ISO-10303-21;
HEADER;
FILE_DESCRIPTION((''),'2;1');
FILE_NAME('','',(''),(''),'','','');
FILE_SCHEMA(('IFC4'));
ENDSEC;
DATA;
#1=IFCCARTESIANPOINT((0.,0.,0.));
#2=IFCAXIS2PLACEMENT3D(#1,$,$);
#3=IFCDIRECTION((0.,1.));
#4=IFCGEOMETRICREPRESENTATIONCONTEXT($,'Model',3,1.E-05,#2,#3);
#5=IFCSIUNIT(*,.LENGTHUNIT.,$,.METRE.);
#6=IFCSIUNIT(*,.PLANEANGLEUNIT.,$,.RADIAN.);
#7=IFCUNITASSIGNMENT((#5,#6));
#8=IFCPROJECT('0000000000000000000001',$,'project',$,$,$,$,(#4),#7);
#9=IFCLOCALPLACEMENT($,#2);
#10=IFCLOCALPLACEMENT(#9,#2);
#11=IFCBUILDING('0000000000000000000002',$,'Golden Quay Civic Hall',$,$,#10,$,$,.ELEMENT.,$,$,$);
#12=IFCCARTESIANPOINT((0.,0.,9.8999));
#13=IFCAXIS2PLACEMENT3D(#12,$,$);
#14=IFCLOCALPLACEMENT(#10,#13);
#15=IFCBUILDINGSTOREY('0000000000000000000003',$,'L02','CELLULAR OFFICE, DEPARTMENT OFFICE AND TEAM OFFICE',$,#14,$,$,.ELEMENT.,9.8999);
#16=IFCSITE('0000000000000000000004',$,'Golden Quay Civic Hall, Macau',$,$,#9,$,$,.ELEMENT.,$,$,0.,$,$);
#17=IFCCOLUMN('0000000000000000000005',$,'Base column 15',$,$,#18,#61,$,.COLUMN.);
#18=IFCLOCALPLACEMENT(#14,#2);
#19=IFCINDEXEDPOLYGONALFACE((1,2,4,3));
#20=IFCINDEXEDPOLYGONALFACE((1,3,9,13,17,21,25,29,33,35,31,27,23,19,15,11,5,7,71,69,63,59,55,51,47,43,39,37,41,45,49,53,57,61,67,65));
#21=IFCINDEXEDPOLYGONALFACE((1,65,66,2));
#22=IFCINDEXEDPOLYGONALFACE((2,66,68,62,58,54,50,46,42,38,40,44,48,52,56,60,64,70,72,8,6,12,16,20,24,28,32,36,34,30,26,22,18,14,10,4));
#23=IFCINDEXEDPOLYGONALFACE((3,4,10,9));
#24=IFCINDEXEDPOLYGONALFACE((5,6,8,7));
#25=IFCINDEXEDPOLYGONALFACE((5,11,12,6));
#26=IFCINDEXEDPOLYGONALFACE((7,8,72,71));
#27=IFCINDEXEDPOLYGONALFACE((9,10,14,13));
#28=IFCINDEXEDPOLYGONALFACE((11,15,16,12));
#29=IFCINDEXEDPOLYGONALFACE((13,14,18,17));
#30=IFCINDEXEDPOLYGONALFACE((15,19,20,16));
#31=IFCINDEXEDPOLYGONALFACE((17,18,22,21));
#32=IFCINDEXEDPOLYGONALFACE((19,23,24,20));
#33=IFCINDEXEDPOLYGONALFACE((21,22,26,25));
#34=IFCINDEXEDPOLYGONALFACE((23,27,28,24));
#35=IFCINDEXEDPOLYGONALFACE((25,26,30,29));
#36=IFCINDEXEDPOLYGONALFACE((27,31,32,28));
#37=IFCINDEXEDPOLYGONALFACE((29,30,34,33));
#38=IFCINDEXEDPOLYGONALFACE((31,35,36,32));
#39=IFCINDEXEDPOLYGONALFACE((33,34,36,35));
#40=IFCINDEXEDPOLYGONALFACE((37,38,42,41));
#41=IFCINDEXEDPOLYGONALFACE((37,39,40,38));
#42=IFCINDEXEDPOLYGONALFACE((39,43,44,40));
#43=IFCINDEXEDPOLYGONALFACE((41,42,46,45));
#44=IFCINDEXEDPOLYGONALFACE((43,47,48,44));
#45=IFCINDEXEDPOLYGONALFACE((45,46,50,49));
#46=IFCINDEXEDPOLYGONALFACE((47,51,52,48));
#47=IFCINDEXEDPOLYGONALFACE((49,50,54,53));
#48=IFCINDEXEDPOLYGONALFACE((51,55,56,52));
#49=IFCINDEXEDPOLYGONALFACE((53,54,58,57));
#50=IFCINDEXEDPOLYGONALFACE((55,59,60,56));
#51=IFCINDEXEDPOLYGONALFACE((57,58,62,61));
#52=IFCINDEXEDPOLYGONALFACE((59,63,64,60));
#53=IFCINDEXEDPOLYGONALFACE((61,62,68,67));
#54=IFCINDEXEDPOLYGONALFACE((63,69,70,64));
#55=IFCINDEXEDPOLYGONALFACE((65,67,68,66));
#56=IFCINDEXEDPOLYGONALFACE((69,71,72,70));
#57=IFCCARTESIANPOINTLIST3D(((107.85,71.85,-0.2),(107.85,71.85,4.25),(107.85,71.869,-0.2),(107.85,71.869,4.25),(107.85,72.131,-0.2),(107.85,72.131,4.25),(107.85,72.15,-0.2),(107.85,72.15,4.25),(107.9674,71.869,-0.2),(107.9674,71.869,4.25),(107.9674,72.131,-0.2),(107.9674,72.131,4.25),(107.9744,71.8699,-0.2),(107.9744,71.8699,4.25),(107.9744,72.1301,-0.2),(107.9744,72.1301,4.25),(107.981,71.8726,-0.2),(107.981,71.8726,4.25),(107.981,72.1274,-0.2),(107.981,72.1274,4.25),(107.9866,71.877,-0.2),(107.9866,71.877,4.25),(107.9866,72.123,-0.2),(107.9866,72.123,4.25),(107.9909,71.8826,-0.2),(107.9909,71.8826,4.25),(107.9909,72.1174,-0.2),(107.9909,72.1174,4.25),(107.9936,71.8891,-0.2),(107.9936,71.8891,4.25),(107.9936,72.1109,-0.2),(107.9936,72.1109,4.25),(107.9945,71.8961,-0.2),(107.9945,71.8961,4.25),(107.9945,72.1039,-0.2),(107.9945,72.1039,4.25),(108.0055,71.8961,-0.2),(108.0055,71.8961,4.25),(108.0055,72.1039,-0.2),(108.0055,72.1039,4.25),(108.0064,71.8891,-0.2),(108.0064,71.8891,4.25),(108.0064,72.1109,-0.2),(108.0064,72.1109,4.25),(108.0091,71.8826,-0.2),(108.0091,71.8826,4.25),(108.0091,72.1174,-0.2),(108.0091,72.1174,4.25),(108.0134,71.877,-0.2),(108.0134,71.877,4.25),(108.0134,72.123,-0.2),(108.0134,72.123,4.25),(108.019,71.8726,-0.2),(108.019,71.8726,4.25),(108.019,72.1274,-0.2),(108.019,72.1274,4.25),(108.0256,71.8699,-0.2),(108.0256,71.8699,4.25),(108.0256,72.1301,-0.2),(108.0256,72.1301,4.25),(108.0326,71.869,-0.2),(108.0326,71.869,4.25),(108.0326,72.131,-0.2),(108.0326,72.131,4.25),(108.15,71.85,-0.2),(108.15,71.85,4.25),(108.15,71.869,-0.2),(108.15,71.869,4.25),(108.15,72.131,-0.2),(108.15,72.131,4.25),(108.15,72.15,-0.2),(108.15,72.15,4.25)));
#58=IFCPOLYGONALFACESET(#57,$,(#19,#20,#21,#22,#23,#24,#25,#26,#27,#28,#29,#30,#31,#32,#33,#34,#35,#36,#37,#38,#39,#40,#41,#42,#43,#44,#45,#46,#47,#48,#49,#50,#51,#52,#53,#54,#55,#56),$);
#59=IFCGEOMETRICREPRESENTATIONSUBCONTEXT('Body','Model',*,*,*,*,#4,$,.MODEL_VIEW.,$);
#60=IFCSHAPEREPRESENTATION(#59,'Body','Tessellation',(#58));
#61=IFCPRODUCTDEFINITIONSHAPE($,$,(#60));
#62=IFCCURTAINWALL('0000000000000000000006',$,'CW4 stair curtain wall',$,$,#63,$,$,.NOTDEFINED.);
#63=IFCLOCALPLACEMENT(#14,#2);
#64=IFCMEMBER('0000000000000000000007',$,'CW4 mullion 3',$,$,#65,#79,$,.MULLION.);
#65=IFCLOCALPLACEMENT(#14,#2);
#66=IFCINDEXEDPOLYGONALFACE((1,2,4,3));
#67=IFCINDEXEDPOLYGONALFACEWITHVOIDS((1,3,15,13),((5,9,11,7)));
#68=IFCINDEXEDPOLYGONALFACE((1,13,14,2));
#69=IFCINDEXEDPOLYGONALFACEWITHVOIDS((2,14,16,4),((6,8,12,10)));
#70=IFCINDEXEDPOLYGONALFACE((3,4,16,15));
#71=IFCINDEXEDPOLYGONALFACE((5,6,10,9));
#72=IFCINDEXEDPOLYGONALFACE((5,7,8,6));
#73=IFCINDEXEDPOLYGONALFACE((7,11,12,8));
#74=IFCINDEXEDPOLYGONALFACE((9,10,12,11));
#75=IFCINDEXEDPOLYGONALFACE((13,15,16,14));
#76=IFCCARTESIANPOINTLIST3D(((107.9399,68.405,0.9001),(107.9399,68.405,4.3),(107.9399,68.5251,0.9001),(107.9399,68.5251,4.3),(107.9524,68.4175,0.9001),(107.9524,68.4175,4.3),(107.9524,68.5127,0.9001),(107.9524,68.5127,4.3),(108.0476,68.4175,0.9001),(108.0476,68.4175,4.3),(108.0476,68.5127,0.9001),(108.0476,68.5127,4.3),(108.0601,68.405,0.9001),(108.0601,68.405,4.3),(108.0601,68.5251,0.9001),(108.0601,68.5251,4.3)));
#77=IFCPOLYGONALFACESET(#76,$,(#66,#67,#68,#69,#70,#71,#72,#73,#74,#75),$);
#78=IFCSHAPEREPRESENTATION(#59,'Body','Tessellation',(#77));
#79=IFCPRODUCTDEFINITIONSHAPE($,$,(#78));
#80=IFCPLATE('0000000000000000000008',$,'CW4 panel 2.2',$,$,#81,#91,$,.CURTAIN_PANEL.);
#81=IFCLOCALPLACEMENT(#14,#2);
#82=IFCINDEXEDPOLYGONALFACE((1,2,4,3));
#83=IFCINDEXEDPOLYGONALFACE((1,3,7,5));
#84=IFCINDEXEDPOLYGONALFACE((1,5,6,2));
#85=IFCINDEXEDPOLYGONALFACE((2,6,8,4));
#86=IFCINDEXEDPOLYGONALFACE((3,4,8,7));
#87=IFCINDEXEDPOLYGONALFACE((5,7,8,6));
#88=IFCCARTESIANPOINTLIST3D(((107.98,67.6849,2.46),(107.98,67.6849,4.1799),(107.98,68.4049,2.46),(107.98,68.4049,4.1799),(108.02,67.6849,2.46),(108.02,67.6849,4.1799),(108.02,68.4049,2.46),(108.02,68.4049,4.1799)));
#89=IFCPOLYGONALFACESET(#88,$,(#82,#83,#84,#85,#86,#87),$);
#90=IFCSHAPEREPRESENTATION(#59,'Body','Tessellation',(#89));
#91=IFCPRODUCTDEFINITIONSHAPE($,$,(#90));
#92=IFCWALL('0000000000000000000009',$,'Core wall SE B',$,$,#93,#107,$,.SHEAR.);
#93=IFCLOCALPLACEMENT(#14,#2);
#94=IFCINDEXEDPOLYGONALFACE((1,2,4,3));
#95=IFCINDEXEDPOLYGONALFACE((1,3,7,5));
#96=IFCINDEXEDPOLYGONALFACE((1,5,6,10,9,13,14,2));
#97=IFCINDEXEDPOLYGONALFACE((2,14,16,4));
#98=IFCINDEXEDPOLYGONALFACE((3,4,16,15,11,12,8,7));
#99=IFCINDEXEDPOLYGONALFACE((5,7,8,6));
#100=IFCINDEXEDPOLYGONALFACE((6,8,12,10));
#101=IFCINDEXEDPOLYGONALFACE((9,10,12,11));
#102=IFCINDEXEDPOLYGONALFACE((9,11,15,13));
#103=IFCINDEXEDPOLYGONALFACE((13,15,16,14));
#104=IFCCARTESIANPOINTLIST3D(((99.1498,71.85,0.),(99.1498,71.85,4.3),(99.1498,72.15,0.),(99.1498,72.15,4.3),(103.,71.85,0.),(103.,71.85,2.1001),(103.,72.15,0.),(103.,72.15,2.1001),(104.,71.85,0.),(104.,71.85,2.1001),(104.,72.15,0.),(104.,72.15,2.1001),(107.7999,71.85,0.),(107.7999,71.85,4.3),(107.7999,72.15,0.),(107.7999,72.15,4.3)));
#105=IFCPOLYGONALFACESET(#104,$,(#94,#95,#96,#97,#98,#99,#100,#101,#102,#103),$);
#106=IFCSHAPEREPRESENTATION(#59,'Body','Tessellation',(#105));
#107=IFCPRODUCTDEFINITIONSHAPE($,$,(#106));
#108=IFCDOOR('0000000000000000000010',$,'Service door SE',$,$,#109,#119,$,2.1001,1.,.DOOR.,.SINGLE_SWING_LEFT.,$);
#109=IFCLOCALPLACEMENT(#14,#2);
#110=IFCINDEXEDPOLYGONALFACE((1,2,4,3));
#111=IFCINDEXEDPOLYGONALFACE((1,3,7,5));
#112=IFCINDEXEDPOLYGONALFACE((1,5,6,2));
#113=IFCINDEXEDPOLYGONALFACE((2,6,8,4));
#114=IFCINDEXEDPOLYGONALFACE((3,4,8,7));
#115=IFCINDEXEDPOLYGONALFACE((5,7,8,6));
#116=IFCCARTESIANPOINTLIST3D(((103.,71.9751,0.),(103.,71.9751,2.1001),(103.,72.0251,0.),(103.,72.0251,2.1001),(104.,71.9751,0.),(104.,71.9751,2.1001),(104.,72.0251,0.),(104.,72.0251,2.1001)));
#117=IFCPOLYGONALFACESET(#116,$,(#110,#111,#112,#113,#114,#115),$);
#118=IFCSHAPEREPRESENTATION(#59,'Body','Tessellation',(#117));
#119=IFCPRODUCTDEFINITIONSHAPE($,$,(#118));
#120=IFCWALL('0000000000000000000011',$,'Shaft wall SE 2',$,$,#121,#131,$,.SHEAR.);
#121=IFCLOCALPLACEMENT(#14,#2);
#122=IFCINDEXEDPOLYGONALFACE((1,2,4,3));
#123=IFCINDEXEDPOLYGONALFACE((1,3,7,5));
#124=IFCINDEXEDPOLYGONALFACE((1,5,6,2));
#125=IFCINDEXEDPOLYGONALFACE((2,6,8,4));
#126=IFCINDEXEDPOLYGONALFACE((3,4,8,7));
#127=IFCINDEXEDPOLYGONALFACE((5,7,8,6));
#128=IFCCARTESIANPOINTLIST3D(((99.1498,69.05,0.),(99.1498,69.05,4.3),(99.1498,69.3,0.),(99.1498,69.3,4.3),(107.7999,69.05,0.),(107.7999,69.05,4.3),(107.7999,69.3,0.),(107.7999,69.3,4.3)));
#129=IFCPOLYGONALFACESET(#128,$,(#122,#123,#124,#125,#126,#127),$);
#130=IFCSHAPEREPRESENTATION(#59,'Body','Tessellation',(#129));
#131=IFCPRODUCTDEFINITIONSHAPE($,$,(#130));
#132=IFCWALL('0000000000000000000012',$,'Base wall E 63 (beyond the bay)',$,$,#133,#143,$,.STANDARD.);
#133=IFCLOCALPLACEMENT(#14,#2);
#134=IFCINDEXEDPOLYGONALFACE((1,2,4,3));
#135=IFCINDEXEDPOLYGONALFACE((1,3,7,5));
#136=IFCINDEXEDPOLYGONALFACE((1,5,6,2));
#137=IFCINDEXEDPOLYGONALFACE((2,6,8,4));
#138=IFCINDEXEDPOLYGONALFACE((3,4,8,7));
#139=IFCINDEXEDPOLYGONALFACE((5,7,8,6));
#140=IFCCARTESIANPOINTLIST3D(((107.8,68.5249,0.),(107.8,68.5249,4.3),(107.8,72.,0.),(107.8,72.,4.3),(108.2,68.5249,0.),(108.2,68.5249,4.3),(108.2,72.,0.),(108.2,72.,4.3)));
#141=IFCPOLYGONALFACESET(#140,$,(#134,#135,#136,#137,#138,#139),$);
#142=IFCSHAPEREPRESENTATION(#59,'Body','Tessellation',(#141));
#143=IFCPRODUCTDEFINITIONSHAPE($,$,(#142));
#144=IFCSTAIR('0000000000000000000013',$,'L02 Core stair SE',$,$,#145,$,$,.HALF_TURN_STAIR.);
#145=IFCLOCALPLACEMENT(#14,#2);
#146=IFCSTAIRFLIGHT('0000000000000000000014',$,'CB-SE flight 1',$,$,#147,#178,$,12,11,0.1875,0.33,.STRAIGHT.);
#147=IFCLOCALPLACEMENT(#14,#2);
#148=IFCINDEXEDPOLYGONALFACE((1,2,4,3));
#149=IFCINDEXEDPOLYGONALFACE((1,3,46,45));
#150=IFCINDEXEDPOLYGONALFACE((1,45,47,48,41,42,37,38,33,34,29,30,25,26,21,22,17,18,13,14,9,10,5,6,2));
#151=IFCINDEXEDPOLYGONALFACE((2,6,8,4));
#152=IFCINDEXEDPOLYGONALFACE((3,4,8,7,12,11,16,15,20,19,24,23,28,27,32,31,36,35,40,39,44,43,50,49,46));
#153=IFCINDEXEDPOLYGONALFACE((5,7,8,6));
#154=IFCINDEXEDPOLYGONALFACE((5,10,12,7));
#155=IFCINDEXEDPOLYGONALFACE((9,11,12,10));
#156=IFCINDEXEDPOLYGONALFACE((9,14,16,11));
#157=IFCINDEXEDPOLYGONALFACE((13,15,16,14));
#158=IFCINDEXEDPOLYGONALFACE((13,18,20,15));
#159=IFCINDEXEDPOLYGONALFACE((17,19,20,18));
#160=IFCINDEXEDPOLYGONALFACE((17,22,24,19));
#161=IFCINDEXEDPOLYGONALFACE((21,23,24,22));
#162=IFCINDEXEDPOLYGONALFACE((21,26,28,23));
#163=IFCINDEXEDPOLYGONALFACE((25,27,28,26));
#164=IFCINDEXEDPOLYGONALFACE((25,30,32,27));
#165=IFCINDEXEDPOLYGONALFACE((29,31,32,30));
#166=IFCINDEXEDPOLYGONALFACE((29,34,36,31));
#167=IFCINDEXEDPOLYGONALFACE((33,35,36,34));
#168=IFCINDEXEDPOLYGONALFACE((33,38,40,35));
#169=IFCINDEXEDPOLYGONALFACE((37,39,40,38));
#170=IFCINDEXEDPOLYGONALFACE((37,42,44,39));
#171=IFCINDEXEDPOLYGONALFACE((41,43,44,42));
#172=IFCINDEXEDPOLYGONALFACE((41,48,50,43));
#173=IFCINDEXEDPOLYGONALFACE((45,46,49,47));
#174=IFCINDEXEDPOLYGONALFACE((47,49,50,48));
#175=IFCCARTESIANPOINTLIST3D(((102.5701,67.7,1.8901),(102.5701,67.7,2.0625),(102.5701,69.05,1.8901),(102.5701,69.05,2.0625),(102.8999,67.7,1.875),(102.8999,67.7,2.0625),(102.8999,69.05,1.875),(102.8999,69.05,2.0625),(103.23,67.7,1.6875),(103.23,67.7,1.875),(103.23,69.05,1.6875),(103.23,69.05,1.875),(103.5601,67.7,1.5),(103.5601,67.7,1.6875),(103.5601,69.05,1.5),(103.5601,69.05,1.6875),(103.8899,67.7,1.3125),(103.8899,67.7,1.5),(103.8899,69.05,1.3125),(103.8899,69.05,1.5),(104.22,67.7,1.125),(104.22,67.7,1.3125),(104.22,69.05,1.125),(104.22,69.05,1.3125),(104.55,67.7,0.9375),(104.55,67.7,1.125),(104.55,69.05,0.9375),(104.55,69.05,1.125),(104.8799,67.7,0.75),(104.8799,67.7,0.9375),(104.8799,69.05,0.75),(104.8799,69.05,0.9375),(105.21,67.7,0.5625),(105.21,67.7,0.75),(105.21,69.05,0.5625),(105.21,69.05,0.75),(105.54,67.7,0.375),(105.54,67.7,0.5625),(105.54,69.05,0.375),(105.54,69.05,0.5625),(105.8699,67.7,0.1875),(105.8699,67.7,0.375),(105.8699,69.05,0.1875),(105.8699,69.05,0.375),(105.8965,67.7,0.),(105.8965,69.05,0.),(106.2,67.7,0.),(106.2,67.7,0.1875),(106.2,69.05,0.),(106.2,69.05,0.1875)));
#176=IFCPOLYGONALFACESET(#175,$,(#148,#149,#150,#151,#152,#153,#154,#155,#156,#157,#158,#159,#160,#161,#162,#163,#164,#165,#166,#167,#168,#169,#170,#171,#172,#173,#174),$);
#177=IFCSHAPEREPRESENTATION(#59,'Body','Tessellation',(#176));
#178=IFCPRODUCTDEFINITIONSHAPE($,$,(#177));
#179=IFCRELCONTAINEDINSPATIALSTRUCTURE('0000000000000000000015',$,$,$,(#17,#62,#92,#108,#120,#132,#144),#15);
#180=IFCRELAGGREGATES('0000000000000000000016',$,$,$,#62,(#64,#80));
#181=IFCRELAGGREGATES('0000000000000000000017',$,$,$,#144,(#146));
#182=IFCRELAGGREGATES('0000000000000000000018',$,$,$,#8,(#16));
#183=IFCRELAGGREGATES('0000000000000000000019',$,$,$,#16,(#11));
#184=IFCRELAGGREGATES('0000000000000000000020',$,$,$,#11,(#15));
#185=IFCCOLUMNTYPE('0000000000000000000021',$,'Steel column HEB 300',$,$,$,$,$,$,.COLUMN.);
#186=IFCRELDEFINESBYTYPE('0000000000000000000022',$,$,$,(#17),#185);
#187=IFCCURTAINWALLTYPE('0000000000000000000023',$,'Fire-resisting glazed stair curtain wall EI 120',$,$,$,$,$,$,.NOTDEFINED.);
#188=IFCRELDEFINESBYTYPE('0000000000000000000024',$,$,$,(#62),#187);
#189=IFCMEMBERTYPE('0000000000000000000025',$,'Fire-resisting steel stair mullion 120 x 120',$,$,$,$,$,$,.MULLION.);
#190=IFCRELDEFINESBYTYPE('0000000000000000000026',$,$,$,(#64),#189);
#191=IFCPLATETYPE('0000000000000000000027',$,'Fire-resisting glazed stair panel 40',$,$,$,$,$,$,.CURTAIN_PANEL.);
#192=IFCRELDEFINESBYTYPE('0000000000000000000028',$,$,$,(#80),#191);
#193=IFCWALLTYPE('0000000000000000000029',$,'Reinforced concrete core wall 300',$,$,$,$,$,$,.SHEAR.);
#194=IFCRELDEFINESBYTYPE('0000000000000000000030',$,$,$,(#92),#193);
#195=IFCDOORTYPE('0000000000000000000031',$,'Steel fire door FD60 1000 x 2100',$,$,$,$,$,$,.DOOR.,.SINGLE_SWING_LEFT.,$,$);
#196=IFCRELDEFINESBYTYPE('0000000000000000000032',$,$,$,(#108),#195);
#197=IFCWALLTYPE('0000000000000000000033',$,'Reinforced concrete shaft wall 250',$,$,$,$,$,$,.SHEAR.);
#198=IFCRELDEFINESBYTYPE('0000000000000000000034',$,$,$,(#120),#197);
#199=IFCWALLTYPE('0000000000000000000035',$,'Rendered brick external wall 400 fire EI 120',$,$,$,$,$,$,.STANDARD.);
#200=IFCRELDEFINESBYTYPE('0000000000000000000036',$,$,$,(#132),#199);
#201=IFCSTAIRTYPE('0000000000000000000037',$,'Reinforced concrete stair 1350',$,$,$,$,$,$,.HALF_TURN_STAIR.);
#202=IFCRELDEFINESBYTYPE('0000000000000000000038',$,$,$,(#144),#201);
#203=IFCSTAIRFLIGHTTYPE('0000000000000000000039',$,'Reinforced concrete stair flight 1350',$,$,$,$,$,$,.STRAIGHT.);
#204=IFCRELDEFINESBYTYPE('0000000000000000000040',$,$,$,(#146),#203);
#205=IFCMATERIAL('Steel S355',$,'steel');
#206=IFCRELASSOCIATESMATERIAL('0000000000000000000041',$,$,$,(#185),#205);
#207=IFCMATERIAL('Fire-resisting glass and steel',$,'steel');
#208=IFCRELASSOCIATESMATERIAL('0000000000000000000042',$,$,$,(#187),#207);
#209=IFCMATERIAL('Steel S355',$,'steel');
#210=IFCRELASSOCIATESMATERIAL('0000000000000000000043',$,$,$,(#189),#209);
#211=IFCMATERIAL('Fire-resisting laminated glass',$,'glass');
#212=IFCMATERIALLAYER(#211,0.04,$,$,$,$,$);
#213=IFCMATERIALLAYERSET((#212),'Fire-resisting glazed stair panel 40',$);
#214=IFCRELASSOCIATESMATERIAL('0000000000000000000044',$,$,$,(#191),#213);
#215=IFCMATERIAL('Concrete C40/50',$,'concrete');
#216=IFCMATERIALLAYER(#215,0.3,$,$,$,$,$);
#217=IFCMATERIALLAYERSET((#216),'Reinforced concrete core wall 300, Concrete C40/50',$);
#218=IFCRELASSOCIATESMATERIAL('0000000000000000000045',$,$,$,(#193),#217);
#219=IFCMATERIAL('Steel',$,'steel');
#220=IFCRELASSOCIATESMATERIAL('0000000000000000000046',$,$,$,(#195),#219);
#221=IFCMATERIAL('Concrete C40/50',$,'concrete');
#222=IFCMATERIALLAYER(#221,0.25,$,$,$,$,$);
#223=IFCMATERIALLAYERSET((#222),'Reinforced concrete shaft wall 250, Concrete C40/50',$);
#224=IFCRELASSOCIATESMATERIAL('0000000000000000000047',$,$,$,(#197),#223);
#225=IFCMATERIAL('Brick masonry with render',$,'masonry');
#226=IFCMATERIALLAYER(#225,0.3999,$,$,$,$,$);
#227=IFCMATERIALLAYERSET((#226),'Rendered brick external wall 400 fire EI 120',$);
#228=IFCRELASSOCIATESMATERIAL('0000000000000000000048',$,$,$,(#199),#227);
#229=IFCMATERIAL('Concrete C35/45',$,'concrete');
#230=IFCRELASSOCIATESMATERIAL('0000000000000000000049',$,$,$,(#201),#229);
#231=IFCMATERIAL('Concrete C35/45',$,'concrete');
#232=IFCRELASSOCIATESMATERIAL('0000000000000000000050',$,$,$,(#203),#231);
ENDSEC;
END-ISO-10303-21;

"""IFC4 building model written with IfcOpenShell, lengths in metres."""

from ifc_helpers import new_model, si_unit, direction, frame, frame_2d, origin, origin_2d, place, context, subcontext, project, spatial, polyline, rectangle, hollow_rectangle, i_section, outline, extrude, material, layer, layer_set, material_profile, profile_set, type_object, element, fill, aggregate, save


model = new_model("IFC4")

# Units and contexts
model_context = context("Model", 3, precision=1e-05, world=origin(), true_north=direction((0.0, 1.0)))
body_context = subcontext(model_context, "Body", "Model", "MODEL_VIEW")
ifc_project = project(units=[si_unit("LENGTHUNIT", "METRE"), si_unit("PLANEANGLEUNIT", "RADIAN")], contexts=[model_context])

# Site, building, storey
site_placement = place(None, origin())
site = spatial("IfcSite", under=ifc_project, at=site_placement, Name="Golden Quay Civic Hall, Macau", CompositionType="ELEMENT", RefElevation=0.0)
building_placement = place(site_placement, origin())
building = spatial("IfcBuilding", under=site, at=building_placement, Name="Golden Quay Civic Hall", CompositionType="ELEMENT")
storey_placement = place(building_placement, frame((0.0, 0.0, 9.8999)))
storey = spatial("IfcBuildingStorey", under=building, at=storey_placement, Name="L02", Description="CELLULAR OFFICE, DEPARTMENT OFFICE AND TEAM OFFICE", CompositionType="ELEMENT", Elevation=9.8999)

# Column
ifc_material_1 = material(Name="Steel S355", Category="steel")
ifc_material_profile_1 = material_profile(ifc_material_1, i_section(OverallWidth=0.3, OverallDepth=0.3, WebThickness=0.011, FlangeThickness=0.019, FilletRadius=0.0271, at=origin_2d()), Name="HEB 300")
ifc_profile_set_1 = profile_set([ifc_material_profile_1], Name="Steel S355")
column_type = type_object("IfcColumnType", Name="Steel column HEB 300", PredefinedType="COLUMN", material=ifc_profile_set_1)
column_placement = place(storey_placement, frame((108.0, 72.0, -0.2), z_axis=(0.0, 0.0, 1.0), x_axis=(1.0, 0.0, 0.0)))
element("IfcColumn", 1, at=column_placement, inside=storey, type_object=column_type, Name="Base column 15", PredefinedType="COLUMN", context=body_context, shape_type="SweptSolid", body=[
    extrude(i_section(OverallWidth=0.3, OverallDepth=0.3, WebThickness=0.011, FlangeThickness=0.019, FilletRadius=0.0271, at=origin_2d()), origin(), (0.0, 0.0, 1.0), 4.45),
])

# Curtain wall, member, plate
ifc_material_2 = material(Name="Fire-resisting glass and steel", Category="steel")
curtain_wall_type = type_object("IfcCurtainWallType", Name="Fire-resisting glazed stair curtain wall EI 120", PredefinedType="NOTDEFINED", material=ifc_material_2)
curtain_wall_placement = place(storey_placement, origin())
curtain_wall = element("IfcCurtainWall", 2, at=curtain_wall_placement, inside=storey, type_object=curtain_wall_type, Name="CW4 stair curtain wall", PredefinedType="NOTDEFINED")
ifc_material_3 = material(Name="Steel S355", Category="steel")
ifc_material_profile_2 = material_profile(ifc_material_3, hollow_rectangle(XDim=0.1201, YDim=0.1201, WallThickness=0.0125, at=origin_2d()), Name="SHS 120x120x12.5")
ifc_profile_set_2 = profile_set([ifc_material_profile_2], Name="Steel S355")
member_type = type_object("IfcMemberType", Name="Fire-resisting steel stair mullion 120 x 120", PredefinedType="MULLION", material=ifc_profile_set_2)
member_placement = place(storey_placement, frame((108.0, 68.4651, 0.9001), z_axis=(0.0, 0.0, 1.0), x_axis=(-1.0, 0.0, 0.0)))
member = element("IfcMember", 3, at=member_placement, type_object=member_type, Name="CW4 mullion 3", PredefinedType="MULLION", context=body_context, shape_type="SweptSolid", body=[
    extrude(hollow_rectangle(XDim=0.1201, YDim=0.1201, WallThickness=0.0125, at=origin_2d()), origin(), (0.0, 0.0, 1.0), 3.3999),
])
ifc_material_4 = material(Name="Fire-resisting laminated glass", Category="glass")
ifc_layer_1 = layer(ifc_material_4, 0.04)
ifc_layer_set_1 = layer_set([ifc_layer_1], Name="Fire-resisting glazed stair panel 40")
plate_type = type_object("IfcPlateType", Name="Fire-resisting glazed stair panel 40", PredefinedType="CURTAIN_PANEL", material=ifc_layer_set_1)
plate_placement = place(storey_placement, frame((108.0, 68.0449, 2.46), z_axis=(0.0, 0.0, 1.0), x_axis=(0.0, 1.0, 0.0)))
plate = element("IfcPlate", 4, at=plate_placement, type_object=plate_type, Name="CW4 panel 2.2", PredefinedType="CURTAIN_PANEL", context=body_context, shape_type="SweptSolid", body=[
    extrude(rectangle(XDim=0.72, YDim=0.04, at=origin_2d()), origin(), (0.0, 0.0, 1.0), 1.72),
])
aggregate(curtain_wall, [member, plate])

# Wall, opening, door
ifc_material_5 = material(Name="Concrete C40/50", Category="concrete")
ifc_layer_2 = layer(ifc_material_5, 0.3)
ifc_layer_set_2 = layer_set([ifc_layer_2], Name="Reinforced concrete core wall 300, Concrete C40/50")
wall_type_1 = type_object("IfcWallType", Name="Reinforced concrete core wall 300", PredefinedType="SHEAR", material=ifc_layer_set_2)
wall_1_placement = place(storey_placement, frame((107.8, 72.0, 0.0), z_axis=(0.0, 0.0, 1.0), x_axis=(-1.0, 0.0, 0.0)))
wall_1 = element("IfcWall", 5, at=wall_1_placement, inside=storey, type_object=wall_type_1, Name="Core wall SE B", PredefinedType="SHEAR", context=body_context, shape_type="SweptSolid", body=[
    extrude(rectangle(XDim=8.6501, YDim=0.3, at=frame_2d((4.3252, 0.0))), origin(), (0.0, 0.0, 1.0), 4.3),
])
opening_placement = place(wall_1_placement, frame((3.8, 0.0, 0.0)))
opening = element("IfcOpeningElement", 6, at=opening_placement, cuts=wall_1, PredefinedType="OPENING", context=body_context, shape_type="SweptSolid", body=[
    extrude(rectangle(XDim=1.0, YDim=2.1001, at=frame_2d((0.5, 1.05))), frame((0.0, 0.1599, 0.0), z_axis=(0.0, -1.0, 0.0), x_axis=(1.0, 0.0, 0.0)), (0.0, 0.0, 1.0), 0.3201),
])
ifc_material_6 = material(Name="Steel", Category="steel")
door_type = type_object("IfcDoorType", Name="Steel fire door FD60 1000 x 2100", OperationType="SINGLE_SWING_LEFT", PredefinedType="DOOR", material=ifc_material_6)
door_placement = place(opening_placement, origin())
door = element("IfcDoor", 7, at=door_placement, inside=storey, type_object=door_type, Name="Service door SE", OperationType="SINGLE_SWING_LEFT", OverallHeight=2.1001, OverallWidth=1.0, PredefinedType="DOOR", context=body_context, shape_type="SweptSolid", body=[
    extrude(rectangle(XDim=1.0, YDim=2.1001, at=frame_2d((0.5, 1.05))), frame((0.0, 0.0249, 0.0), z_axis=(0.0, -1.0, 0.0), x_axis=(1.0, 0.0, 0.0)), (0.0, 0.0, 1.0), 0.05),
])
fill(opening, door)

# Walls
ifc_material_7 = material(Name="Concrete C40/50", Category="concrete")
ifc_layer_3 = layer(ifc_material_7, 0.25)
ifc_layer_set_3 = layer_set([ifc_layer_3], Name="Reinforced concrete shaft wall 250, Concrete C40/50")
wall_type_2 = type_object("IfcWallType", Name="Reinforced concrete shaft wall 250", PredefinedType="SHEAR", material=ifc_layer_set_3)
wall_2_placement = place(storey_placement, frame((107.8, 69.175, 0.0), z_axis=(0.0, 0.0, 1.0), x_axis=(-1.0, 0.0, 0.0)))
element("IfcWall", 8, at=wall_2_placement, inside=storey, type_object=wall_type_2, Name="Shaft wall SE 2", PredefinedType="SHEAR", context=body_context, shape_type="SweptSolid", body=[
    extrude(rectangle(XDim=8.6501, YDim=0.25, at=frame_2d((4.3252, 0.0))), origin(), (0.0, 0.0, 1.0), 4.3),
])
ifc_material_8 = material(Name="Brick masonry with render", Category="masonry")
ifc_layer_4 = layer(ifc_material_8, 0.3999)
ifc_layer_set_4 = layer_set([ifc_layer_4], Name="Rendered brick external wall 400 fire EI 120")
wall_type_3 = type_object("IfcWallType", Name="Rendered brick external wall 400 fire EI 120", PredefinedType="STANDARD", material=ifc_layer_set_4)
wall_3_placement = place(storey_placement, frame((108.0, 68.5249, 0.0), z_axis=(0.0, 0.0, 1.0), x_axis=(0.0, 1.0, 0.0)))
element("IfcWall", 9, at=wall_3_placement, inside=storey, type_object=wall_type_3, Name="Base wall E 63 (beyond the bay)", PredefinedType="STANDARD", context=body_context, shape_type="SweptSolid", body=[
    extrude(rectangle(XDim=3.4751, YDim=0.3999, at=frame_2d((1.7375, 0.0))), origin(), (0.0, 0.0, 1.0), 4.3),
])

# Stair, stair flight
ifc_material_9 = material(Name="Concrete C35/45", Category="concrete")
stair_type = type_object("IfcStairType", Name="Reinforced concrete stair 1350", PredefinedType="HALF_TURN_STAIR", material=ifc_material_9)
stair_placement = place(storey_placement, origin())
stair = element("IfcStair", 10, at=stair_placement, inside=storey, type_object=stair_type, Name="L02 Core stair SE", PredefinedType="HALF_TURN_STAIR")
ifc_material_10 = material(Name="Concrete C35/45", Category="concrete")
stair_flight_type = type_object("IfcStairFlightType", Name="Reinforced concrete stair flight 1350", PredefinedType="STRAIGHT", material=ifc_material_10)
stair_flight_placement = place(storey_placement, frame((106.2, 68.375, 0.0), z_axis=(0.0, 0.0, 1.0), x_axis=(-1.0, 0.0, 0.0)))
stair_flight = element("IfcStairFlight", 11, at=stair_flight_placement, type_object=stair_flight_type, Name="CB-SE flight 1", NumberOfRisers=12, NumberOfTreads=11, PredefinedType="STRAIGHT", RiserHeight=0.1875, TreadLength=0.33, context=body_context, shape_type="SweptSolid", body=[
    extrude(outline(polyline([(0.0, 0.0), (0.0, 0.1875), (0.3301, 0.1875), (0.3301, 0.375), (0.6599, 0.375), (0.6599, 0.5625), (0.99, 0.5625), (0.99, 0.75), (1.3201, 0.75), (1.3201, 0.9375), (1.6499, 0.9375), (1.6499, 1.125), (1.98, 1.125), (1.98, 1.3125), (2.3101, 1.3125), (2.3101, 1.5), (2.6399, 1.5), (2.6399, 1.6875), (2.97, 1.6875), (2.97, 1.875), (3.3, 1.875), (3.3, 2.0625), (3.6299, 2.0625), (3.6299, 2.25), (3.6299, 1.8901), (0.3035, 0.0), (0.0, 0.0)])), frame((0.0, 0.675, 0.0), z_axis=(0.0, -1.0, 0.0), x_axis=(1.0, 0.0, 0.0)), (0.0, 0.0, 1.0), 1.35),
])
aggregate(stair, [stair_flight])

save(model, "model.ifc")
